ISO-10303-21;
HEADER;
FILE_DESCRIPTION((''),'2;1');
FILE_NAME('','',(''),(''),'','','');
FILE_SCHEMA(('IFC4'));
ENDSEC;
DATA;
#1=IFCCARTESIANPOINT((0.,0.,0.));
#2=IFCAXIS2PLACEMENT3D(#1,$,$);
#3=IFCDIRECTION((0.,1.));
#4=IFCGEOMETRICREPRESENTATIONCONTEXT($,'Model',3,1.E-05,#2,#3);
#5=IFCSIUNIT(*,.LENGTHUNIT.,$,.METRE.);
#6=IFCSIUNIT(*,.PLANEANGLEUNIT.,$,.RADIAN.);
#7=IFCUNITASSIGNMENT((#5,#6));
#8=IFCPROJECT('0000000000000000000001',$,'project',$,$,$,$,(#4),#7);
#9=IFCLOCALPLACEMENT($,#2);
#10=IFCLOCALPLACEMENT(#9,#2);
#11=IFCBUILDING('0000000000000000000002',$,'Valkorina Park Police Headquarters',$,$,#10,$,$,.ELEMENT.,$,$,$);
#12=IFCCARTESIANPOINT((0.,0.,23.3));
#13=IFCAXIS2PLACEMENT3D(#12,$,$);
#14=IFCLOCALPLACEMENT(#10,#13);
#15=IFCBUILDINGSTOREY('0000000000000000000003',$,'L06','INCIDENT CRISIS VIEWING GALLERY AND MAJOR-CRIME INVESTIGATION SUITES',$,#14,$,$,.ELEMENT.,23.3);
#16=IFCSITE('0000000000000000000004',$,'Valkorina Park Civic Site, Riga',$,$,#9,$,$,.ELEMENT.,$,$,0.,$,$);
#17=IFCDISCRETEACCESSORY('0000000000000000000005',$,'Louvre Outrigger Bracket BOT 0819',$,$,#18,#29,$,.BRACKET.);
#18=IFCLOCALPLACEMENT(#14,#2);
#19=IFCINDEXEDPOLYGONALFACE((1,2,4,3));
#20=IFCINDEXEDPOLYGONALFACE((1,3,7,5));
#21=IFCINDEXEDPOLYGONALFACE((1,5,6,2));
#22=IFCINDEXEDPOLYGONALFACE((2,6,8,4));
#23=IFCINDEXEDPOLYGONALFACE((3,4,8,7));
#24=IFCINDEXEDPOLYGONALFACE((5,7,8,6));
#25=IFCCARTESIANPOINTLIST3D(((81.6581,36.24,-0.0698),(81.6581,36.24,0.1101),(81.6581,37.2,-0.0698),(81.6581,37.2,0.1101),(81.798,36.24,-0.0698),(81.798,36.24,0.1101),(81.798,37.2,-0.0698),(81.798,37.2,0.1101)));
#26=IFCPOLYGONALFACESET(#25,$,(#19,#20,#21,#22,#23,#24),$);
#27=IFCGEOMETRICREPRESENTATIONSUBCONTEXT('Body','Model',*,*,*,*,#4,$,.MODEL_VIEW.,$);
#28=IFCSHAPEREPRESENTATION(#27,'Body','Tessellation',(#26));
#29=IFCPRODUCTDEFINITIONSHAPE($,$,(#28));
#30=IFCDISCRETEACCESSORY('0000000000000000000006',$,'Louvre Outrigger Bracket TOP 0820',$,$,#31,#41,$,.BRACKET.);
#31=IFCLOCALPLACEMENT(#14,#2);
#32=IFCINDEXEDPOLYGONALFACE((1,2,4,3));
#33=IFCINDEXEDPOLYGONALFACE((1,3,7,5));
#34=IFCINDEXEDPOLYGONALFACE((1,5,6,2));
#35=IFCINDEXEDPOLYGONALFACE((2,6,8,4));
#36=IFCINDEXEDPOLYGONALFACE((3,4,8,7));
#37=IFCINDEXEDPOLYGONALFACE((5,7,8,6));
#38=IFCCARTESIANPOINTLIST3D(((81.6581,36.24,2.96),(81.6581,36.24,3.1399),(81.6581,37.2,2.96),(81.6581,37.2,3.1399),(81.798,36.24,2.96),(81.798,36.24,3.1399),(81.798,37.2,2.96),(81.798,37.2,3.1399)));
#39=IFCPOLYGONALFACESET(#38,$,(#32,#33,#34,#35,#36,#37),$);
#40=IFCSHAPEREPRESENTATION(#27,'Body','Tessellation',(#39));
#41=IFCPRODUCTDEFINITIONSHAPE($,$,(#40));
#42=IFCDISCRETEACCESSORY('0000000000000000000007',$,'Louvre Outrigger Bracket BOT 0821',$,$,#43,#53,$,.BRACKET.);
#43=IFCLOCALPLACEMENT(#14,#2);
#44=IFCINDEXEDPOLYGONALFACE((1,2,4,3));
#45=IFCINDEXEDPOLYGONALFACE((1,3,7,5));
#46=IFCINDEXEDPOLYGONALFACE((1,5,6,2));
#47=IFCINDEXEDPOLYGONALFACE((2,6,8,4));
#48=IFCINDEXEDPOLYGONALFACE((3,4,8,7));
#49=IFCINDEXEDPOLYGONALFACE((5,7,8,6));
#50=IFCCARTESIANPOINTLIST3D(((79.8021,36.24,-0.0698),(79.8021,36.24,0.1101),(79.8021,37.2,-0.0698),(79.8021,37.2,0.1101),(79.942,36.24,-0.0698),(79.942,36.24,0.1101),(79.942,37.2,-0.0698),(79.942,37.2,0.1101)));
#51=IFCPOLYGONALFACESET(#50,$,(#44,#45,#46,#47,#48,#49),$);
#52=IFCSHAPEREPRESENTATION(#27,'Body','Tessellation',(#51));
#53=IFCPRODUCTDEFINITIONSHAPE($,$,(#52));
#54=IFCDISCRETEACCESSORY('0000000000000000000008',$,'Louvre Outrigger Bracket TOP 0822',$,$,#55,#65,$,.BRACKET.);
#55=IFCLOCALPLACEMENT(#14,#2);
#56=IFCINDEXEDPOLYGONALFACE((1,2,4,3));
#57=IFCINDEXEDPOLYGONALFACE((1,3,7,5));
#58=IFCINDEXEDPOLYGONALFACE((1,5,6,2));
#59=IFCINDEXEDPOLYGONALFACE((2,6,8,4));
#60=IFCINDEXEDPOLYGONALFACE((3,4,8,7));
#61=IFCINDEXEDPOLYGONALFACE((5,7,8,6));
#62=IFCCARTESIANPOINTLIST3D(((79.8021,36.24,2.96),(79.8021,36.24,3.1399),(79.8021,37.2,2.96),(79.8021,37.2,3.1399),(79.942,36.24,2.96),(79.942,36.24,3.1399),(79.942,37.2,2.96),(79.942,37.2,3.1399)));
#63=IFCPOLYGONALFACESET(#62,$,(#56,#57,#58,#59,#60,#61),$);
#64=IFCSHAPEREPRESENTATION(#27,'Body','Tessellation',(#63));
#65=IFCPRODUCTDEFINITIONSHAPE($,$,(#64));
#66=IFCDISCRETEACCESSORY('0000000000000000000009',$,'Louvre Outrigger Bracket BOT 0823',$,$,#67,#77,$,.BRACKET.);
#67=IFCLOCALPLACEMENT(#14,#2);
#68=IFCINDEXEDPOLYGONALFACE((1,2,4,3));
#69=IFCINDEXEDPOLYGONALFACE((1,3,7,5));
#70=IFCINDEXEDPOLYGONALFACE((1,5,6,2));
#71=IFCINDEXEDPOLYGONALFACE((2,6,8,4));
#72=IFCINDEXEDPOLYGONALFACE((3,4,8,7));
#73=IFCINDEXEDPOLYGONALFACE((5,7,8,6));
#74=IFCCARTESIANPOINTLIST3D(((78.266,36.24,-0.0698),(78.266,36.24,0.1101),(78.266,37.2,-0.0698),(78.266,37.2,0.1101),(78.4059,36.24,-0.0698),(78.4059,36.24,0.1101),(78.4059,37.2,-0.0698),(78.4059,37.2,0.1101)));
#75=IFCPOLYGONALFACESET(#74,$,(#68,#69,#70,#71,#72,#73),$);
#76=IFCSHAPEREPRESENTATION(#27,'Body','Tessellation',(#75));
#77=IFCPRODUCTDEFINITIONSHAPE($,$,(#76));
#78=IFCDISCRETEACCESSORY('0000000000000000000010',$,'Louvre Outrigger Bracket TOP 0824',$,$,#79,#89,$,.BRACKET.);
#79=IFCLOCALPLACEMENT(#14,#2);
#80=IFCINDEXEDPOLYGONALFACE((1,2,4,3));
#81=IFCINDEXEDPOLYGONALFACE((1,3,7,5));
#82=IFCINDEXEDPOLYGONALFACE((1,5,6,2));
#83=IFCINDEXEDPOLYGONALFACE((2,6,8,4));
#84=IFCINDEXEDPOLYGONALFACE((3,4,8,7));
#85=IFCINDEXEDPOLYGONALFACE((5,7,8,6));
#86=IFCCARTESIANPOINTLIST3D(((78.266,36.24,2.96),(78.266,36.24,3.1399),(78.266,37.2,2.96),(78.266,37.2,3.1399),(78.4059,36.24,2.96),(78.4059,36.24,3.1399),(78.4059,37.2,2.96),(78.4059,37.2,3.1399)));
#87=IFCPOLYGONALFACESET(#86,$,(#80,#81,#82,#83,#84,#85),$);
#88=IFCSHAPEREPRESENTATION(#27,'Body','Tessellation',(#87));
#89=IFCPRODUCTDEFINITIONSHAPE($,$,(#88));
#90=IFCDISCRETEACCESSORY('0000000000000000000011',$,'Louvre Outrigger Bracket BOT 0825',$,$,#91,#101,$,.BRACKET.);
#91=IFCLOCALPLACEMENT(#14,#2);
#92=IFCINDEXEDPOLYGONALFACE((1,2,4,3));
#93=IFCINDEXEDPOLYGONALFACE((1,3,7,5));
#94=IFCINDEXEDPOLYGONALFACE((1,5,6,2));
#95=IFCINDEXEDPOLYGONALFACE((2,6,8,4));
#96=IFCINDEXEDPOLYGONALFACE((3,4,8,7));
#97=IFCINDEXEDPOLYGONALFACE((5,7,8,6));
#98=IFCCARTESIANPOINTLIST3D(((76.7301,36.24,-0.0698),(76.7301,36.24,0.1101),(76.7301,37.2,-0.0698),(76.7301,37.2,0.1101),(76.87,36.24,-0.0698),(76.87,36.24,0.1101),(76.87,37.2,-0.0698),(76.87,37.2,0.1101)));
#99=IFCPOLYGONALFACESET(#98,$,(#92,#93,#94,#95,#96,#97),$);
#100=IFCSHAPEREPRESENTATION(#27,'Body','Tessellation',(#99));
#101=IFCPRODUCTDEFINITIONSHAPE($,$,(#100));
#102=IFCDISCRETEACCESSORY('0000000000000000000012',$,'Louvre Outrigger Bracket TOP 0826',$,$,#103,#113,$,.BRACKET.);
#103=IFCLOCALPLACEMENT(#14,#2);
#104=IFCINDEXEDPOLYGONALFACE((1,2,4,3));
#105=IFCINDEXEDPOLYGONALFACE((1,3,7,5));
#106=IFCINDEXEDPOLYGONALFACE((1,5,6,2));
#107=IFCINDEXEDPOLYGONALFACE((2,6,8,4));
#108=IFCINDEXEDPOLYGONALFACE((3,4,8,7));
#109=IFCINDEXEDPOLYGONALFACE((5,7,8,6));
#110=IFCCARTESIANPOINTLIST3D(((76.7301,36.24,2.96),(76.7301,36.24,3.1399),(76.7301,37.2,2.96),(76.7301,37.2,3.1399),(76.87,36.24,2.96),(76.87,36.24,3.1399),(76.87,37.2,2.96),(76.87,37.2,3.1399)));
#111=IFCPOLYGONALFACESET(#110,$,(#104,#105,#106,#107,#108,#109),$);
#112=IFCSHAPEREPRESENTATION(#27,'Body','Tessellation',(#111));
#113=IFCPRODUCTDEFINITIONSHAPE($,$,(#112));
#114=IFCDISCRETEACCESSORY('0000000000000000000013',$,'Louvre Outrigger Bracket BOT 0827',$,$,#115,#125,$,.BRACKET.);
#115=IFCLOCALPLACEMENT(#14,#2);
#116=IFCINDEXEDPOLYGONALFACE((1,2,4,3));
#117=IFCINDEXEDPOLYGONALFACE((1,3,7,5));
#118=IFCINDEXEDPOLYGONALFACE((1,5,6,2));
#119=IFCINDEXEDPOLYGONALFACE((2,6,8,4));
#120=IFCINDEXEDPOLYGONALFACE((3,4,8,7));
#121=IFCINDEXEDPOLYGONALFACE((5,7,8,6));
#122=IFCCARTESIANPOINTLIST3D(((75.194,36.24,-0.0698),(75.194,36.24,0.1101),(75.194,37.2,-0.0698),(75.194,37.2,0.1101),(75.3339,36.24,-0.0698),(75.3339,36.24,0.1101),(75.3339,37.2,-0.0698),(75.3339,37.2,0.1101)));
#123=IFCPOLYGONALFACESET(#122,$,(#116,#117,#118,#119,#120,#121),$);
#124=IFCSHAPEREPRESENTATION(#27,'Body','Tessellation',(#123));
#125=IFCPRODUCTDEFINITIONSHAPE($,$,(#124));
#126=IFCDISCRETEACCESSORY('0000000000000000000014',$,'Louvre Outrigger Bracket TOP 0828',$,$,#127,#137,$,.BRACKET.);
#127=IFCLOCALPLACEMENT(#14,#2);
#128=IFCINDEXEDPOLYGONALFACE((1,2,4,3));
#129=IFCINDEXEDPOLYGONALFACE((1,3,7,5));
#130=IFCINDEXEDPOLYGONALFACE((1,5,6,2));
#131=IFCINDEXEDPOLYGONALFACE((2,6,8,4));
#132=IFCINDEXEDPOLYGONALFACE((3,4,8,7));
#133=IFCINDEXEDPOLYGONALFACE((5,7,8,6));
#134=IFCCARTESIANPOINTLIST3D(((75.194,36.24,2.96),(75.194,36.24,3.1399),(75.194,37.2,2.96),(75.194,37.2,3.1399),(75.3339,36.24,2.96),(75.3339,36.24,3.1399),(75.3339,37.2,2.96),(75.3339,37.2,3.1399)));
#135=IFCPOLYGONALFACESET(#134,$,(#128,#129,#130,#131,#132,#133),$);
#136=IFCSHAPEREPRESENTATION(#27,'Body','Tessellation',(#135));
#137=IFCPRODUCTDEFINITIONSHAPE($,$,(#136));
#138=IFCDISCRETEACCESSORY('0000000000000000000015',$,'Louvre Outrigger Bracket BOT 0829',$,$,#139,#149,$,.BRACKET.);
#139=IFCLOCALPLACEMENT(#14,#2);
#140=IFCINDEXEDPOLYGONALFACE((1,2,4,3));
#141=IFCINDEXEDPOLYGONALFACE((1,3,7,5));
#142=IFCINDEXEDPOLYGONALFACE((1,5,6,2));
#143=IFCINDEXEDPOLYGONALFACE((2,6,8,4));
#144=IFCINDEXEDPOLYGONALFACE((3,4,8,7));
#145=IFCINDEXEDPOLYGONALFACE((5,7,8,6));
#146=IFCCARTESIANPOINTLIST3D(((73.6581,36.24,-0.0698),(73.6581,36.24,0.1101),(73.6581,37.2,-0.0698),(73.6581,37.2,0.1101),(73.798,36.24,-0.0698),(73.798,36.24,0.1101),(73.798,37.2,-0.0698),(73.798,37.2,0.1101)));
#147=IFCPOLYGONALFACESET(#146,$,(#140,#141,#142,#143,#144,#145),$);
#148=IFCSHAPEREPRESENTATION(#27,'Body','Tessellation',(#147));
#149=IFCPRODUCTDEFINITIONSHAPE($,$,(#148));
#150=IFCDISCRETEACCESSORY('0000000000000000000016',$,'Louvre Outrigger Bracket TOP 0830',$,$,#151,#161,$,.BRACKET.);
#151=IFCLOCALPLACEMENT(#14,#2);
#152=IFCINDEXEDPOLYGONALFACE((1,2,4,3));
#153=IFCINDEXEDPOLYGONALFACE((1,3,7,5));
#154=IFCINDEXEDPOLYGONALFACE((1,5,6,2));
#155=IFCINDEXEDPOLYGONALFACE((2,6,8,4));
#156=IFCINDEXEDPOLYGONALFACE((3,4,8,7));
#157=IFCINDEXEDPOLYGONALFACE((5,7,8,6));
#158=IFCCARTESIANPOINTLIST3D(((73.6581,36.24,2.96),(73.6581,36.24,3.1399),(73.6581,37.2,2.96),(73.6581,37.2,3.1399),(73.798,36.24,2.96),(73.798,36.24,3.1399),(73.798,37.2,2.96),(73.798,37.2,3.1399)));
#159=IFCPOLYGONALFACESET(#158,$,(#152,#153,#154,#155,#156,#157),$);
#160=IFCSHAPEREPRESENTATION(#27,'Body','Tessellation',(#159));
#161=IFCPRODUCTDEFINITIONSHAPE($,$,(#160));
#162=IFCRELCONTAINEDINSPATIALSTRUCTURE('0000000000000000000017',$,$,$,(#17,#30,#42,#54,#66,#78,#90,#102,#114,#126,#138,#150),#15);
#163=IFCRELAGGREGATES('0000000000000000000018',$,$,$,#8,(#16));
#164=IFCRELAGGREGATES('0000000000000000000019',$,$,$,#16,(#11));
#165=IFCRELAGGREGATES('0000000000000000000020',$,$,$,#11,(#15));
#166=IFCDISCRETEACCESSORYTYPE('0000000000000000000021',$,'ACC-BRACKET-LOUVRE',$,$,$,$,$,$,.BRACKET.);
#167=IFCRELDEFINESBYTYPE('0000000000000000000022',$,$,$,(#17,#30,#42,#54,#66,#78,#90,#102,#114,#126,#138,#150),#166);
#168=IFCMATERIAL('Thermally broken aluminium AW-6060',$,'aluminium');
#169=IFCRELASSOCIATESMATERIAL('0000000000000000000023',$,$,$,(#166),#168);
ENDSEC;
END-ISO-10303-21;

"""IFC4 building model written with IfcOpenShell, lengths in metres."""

from ifc_helpers import new_model, si_unit, direction, frame, origin, origin_2d, place, context, subcontext, project, spatial, rectangle, extrude, material, type_object, element, save


model = new_model("IFC4")

# Units and contexts
model_context = context("Model", 3, precision=1e-05, world=origin(), true_north=direction((0.0, 1.0)))
body_context = subcontext(model_context, "Body", "Model", "MODEL_VIEW")
ifc_project = project(units=[si_unit("LENGTHUNIT", "METRE"), si_unit("PLANEANGLEUNIT", "RADIAN")], contexts=[model_context])

# Site, building, storey
site_placement = place(None, origin())
site = spatial("IfcSite", under=ifc_project, at=site_placement, Name="Valkorina Park Civic Site, Riga", CompositionType="ELEMENT", RefElevation=0.0)
building_placement = place(site_placement, origin())
building = spatial("IfcBuilding", under=site, at=building_placement, Name="Valkorina Park Police Headquarters", CompositionType="ELEMENT")
storey_placement = place(building_placement, frame((0.0, 0.0, 23.3)))
storey = spatial("IfcBuildingStorey", under=building, at=storey_placement, Name="L06", Description="INCIDENT CRISIS VIEWING GALLERY AND MAJOR-CRIME INVESTIGATION SUITES", CompositionType="ELEMENT", Elevation=23.3)

# Shared definitions
ifc_material_1 = material(Name="Thermally broken aluminium AW-6060", Category="aluminium")

# Discrete accessories
discrete_accessory_type = type_object("IfcDiscreteAccessoryType", Name="ACC-BRACKET-LOUVRE", PredefinedType="BRACKET", material=ifc_material_1)
for number, where, z_axis, x_axis, name in (
    (1, (81.728, 36.72, -0.0698), (0.0, 0.0, 1.0), (0.0, -1.0, 0.0), "Louvre Outrigger Bracket BOT 0819"),
    (2, (81.728, 36.72, 2.96), (0.0, 0.0, 1.0), (0.0, -1.0, 0.0), "Louvre Outrigger Bracket TOP 0820"),
    (3, (79.8721, 36.72, -0.0698), (0.0, 0.0, 1.0), (0.0, -1.0, 0.0), "Louvre Outrigger Bracket BOT 0821"),
    (4, (79.8721, 36.72, 2.96), (0.0, 0.0, 1.0), (0.0, -1.0, 0.0), "Louvre Outrigger Bracket TOP 0822"),
    (5, (78.3359, 36.72, -0.0698), (0.0, 0.0, 1.0), (0.0, -1.0, 0.0), "Louvre Outrigger Bracket BOT 0823"),
    (6, (78.3359, 36.72, 2.96), (0.0, 0.0, 1.0), (0.0, -1.0, 0.0), "Louvre Outrigger Bracket TOP 0824"),
    (7, (76.8, 36.72, -0.0698), (0.0, 0.0, 1.0), (0.0, -1.0, 0.0), "Louvre Outrigger Bracket BOT 0825"),
    (8, (76.8, 36.72, 2.96), (0.0, 0.0, 1.0), (0.0, -1.0, 0.0), "Louvre Outrigger Bracket TOP 0826"),
    (9, (75.2639, 36.72, -0.0698), (0.0, 0.0, 1.0), (0.0, -1.0, 0.0), "Louvre Outrigger Bracket BOT 0827"),
    (10, (75.2639, 36.72, 2.96), (0.0, 0.0, 1.0), (0.0, -1.0, 0.0), "Louvre Outrigger Bracket TOP 0828"),
    (11, (73.728, 36.72, -0.0698), (0.0, 0.0, 1.0), (0.0, -1.0, 0.0), "Louvre Outrigger Bracket BOT 0829"),
    (12, (73.728, 36.72, 2.96), (0.0, 0.0, 1.0), (0.0, -1.0, 0.0), "Louvre Outrigger Bracket TOP 0830"),
):
    element("IfcDiscreteAccessory", number, at=place(storey_placement, frame(where, z_axis=z_axis, x_axis=x_axis)), inside=storey, type_object=discrete_accessory_type, Name=name, PredefinedType="BRACKET", context=body_context, shape_type="SweptSolid", body=[
        extrude(rectangle(XDim=0.96, YDim=0.1399, at=origin_2d()), origin(), (0.0, 0.0, 1.0), 0.1799),
    ])

save(model, "model.ifc")
